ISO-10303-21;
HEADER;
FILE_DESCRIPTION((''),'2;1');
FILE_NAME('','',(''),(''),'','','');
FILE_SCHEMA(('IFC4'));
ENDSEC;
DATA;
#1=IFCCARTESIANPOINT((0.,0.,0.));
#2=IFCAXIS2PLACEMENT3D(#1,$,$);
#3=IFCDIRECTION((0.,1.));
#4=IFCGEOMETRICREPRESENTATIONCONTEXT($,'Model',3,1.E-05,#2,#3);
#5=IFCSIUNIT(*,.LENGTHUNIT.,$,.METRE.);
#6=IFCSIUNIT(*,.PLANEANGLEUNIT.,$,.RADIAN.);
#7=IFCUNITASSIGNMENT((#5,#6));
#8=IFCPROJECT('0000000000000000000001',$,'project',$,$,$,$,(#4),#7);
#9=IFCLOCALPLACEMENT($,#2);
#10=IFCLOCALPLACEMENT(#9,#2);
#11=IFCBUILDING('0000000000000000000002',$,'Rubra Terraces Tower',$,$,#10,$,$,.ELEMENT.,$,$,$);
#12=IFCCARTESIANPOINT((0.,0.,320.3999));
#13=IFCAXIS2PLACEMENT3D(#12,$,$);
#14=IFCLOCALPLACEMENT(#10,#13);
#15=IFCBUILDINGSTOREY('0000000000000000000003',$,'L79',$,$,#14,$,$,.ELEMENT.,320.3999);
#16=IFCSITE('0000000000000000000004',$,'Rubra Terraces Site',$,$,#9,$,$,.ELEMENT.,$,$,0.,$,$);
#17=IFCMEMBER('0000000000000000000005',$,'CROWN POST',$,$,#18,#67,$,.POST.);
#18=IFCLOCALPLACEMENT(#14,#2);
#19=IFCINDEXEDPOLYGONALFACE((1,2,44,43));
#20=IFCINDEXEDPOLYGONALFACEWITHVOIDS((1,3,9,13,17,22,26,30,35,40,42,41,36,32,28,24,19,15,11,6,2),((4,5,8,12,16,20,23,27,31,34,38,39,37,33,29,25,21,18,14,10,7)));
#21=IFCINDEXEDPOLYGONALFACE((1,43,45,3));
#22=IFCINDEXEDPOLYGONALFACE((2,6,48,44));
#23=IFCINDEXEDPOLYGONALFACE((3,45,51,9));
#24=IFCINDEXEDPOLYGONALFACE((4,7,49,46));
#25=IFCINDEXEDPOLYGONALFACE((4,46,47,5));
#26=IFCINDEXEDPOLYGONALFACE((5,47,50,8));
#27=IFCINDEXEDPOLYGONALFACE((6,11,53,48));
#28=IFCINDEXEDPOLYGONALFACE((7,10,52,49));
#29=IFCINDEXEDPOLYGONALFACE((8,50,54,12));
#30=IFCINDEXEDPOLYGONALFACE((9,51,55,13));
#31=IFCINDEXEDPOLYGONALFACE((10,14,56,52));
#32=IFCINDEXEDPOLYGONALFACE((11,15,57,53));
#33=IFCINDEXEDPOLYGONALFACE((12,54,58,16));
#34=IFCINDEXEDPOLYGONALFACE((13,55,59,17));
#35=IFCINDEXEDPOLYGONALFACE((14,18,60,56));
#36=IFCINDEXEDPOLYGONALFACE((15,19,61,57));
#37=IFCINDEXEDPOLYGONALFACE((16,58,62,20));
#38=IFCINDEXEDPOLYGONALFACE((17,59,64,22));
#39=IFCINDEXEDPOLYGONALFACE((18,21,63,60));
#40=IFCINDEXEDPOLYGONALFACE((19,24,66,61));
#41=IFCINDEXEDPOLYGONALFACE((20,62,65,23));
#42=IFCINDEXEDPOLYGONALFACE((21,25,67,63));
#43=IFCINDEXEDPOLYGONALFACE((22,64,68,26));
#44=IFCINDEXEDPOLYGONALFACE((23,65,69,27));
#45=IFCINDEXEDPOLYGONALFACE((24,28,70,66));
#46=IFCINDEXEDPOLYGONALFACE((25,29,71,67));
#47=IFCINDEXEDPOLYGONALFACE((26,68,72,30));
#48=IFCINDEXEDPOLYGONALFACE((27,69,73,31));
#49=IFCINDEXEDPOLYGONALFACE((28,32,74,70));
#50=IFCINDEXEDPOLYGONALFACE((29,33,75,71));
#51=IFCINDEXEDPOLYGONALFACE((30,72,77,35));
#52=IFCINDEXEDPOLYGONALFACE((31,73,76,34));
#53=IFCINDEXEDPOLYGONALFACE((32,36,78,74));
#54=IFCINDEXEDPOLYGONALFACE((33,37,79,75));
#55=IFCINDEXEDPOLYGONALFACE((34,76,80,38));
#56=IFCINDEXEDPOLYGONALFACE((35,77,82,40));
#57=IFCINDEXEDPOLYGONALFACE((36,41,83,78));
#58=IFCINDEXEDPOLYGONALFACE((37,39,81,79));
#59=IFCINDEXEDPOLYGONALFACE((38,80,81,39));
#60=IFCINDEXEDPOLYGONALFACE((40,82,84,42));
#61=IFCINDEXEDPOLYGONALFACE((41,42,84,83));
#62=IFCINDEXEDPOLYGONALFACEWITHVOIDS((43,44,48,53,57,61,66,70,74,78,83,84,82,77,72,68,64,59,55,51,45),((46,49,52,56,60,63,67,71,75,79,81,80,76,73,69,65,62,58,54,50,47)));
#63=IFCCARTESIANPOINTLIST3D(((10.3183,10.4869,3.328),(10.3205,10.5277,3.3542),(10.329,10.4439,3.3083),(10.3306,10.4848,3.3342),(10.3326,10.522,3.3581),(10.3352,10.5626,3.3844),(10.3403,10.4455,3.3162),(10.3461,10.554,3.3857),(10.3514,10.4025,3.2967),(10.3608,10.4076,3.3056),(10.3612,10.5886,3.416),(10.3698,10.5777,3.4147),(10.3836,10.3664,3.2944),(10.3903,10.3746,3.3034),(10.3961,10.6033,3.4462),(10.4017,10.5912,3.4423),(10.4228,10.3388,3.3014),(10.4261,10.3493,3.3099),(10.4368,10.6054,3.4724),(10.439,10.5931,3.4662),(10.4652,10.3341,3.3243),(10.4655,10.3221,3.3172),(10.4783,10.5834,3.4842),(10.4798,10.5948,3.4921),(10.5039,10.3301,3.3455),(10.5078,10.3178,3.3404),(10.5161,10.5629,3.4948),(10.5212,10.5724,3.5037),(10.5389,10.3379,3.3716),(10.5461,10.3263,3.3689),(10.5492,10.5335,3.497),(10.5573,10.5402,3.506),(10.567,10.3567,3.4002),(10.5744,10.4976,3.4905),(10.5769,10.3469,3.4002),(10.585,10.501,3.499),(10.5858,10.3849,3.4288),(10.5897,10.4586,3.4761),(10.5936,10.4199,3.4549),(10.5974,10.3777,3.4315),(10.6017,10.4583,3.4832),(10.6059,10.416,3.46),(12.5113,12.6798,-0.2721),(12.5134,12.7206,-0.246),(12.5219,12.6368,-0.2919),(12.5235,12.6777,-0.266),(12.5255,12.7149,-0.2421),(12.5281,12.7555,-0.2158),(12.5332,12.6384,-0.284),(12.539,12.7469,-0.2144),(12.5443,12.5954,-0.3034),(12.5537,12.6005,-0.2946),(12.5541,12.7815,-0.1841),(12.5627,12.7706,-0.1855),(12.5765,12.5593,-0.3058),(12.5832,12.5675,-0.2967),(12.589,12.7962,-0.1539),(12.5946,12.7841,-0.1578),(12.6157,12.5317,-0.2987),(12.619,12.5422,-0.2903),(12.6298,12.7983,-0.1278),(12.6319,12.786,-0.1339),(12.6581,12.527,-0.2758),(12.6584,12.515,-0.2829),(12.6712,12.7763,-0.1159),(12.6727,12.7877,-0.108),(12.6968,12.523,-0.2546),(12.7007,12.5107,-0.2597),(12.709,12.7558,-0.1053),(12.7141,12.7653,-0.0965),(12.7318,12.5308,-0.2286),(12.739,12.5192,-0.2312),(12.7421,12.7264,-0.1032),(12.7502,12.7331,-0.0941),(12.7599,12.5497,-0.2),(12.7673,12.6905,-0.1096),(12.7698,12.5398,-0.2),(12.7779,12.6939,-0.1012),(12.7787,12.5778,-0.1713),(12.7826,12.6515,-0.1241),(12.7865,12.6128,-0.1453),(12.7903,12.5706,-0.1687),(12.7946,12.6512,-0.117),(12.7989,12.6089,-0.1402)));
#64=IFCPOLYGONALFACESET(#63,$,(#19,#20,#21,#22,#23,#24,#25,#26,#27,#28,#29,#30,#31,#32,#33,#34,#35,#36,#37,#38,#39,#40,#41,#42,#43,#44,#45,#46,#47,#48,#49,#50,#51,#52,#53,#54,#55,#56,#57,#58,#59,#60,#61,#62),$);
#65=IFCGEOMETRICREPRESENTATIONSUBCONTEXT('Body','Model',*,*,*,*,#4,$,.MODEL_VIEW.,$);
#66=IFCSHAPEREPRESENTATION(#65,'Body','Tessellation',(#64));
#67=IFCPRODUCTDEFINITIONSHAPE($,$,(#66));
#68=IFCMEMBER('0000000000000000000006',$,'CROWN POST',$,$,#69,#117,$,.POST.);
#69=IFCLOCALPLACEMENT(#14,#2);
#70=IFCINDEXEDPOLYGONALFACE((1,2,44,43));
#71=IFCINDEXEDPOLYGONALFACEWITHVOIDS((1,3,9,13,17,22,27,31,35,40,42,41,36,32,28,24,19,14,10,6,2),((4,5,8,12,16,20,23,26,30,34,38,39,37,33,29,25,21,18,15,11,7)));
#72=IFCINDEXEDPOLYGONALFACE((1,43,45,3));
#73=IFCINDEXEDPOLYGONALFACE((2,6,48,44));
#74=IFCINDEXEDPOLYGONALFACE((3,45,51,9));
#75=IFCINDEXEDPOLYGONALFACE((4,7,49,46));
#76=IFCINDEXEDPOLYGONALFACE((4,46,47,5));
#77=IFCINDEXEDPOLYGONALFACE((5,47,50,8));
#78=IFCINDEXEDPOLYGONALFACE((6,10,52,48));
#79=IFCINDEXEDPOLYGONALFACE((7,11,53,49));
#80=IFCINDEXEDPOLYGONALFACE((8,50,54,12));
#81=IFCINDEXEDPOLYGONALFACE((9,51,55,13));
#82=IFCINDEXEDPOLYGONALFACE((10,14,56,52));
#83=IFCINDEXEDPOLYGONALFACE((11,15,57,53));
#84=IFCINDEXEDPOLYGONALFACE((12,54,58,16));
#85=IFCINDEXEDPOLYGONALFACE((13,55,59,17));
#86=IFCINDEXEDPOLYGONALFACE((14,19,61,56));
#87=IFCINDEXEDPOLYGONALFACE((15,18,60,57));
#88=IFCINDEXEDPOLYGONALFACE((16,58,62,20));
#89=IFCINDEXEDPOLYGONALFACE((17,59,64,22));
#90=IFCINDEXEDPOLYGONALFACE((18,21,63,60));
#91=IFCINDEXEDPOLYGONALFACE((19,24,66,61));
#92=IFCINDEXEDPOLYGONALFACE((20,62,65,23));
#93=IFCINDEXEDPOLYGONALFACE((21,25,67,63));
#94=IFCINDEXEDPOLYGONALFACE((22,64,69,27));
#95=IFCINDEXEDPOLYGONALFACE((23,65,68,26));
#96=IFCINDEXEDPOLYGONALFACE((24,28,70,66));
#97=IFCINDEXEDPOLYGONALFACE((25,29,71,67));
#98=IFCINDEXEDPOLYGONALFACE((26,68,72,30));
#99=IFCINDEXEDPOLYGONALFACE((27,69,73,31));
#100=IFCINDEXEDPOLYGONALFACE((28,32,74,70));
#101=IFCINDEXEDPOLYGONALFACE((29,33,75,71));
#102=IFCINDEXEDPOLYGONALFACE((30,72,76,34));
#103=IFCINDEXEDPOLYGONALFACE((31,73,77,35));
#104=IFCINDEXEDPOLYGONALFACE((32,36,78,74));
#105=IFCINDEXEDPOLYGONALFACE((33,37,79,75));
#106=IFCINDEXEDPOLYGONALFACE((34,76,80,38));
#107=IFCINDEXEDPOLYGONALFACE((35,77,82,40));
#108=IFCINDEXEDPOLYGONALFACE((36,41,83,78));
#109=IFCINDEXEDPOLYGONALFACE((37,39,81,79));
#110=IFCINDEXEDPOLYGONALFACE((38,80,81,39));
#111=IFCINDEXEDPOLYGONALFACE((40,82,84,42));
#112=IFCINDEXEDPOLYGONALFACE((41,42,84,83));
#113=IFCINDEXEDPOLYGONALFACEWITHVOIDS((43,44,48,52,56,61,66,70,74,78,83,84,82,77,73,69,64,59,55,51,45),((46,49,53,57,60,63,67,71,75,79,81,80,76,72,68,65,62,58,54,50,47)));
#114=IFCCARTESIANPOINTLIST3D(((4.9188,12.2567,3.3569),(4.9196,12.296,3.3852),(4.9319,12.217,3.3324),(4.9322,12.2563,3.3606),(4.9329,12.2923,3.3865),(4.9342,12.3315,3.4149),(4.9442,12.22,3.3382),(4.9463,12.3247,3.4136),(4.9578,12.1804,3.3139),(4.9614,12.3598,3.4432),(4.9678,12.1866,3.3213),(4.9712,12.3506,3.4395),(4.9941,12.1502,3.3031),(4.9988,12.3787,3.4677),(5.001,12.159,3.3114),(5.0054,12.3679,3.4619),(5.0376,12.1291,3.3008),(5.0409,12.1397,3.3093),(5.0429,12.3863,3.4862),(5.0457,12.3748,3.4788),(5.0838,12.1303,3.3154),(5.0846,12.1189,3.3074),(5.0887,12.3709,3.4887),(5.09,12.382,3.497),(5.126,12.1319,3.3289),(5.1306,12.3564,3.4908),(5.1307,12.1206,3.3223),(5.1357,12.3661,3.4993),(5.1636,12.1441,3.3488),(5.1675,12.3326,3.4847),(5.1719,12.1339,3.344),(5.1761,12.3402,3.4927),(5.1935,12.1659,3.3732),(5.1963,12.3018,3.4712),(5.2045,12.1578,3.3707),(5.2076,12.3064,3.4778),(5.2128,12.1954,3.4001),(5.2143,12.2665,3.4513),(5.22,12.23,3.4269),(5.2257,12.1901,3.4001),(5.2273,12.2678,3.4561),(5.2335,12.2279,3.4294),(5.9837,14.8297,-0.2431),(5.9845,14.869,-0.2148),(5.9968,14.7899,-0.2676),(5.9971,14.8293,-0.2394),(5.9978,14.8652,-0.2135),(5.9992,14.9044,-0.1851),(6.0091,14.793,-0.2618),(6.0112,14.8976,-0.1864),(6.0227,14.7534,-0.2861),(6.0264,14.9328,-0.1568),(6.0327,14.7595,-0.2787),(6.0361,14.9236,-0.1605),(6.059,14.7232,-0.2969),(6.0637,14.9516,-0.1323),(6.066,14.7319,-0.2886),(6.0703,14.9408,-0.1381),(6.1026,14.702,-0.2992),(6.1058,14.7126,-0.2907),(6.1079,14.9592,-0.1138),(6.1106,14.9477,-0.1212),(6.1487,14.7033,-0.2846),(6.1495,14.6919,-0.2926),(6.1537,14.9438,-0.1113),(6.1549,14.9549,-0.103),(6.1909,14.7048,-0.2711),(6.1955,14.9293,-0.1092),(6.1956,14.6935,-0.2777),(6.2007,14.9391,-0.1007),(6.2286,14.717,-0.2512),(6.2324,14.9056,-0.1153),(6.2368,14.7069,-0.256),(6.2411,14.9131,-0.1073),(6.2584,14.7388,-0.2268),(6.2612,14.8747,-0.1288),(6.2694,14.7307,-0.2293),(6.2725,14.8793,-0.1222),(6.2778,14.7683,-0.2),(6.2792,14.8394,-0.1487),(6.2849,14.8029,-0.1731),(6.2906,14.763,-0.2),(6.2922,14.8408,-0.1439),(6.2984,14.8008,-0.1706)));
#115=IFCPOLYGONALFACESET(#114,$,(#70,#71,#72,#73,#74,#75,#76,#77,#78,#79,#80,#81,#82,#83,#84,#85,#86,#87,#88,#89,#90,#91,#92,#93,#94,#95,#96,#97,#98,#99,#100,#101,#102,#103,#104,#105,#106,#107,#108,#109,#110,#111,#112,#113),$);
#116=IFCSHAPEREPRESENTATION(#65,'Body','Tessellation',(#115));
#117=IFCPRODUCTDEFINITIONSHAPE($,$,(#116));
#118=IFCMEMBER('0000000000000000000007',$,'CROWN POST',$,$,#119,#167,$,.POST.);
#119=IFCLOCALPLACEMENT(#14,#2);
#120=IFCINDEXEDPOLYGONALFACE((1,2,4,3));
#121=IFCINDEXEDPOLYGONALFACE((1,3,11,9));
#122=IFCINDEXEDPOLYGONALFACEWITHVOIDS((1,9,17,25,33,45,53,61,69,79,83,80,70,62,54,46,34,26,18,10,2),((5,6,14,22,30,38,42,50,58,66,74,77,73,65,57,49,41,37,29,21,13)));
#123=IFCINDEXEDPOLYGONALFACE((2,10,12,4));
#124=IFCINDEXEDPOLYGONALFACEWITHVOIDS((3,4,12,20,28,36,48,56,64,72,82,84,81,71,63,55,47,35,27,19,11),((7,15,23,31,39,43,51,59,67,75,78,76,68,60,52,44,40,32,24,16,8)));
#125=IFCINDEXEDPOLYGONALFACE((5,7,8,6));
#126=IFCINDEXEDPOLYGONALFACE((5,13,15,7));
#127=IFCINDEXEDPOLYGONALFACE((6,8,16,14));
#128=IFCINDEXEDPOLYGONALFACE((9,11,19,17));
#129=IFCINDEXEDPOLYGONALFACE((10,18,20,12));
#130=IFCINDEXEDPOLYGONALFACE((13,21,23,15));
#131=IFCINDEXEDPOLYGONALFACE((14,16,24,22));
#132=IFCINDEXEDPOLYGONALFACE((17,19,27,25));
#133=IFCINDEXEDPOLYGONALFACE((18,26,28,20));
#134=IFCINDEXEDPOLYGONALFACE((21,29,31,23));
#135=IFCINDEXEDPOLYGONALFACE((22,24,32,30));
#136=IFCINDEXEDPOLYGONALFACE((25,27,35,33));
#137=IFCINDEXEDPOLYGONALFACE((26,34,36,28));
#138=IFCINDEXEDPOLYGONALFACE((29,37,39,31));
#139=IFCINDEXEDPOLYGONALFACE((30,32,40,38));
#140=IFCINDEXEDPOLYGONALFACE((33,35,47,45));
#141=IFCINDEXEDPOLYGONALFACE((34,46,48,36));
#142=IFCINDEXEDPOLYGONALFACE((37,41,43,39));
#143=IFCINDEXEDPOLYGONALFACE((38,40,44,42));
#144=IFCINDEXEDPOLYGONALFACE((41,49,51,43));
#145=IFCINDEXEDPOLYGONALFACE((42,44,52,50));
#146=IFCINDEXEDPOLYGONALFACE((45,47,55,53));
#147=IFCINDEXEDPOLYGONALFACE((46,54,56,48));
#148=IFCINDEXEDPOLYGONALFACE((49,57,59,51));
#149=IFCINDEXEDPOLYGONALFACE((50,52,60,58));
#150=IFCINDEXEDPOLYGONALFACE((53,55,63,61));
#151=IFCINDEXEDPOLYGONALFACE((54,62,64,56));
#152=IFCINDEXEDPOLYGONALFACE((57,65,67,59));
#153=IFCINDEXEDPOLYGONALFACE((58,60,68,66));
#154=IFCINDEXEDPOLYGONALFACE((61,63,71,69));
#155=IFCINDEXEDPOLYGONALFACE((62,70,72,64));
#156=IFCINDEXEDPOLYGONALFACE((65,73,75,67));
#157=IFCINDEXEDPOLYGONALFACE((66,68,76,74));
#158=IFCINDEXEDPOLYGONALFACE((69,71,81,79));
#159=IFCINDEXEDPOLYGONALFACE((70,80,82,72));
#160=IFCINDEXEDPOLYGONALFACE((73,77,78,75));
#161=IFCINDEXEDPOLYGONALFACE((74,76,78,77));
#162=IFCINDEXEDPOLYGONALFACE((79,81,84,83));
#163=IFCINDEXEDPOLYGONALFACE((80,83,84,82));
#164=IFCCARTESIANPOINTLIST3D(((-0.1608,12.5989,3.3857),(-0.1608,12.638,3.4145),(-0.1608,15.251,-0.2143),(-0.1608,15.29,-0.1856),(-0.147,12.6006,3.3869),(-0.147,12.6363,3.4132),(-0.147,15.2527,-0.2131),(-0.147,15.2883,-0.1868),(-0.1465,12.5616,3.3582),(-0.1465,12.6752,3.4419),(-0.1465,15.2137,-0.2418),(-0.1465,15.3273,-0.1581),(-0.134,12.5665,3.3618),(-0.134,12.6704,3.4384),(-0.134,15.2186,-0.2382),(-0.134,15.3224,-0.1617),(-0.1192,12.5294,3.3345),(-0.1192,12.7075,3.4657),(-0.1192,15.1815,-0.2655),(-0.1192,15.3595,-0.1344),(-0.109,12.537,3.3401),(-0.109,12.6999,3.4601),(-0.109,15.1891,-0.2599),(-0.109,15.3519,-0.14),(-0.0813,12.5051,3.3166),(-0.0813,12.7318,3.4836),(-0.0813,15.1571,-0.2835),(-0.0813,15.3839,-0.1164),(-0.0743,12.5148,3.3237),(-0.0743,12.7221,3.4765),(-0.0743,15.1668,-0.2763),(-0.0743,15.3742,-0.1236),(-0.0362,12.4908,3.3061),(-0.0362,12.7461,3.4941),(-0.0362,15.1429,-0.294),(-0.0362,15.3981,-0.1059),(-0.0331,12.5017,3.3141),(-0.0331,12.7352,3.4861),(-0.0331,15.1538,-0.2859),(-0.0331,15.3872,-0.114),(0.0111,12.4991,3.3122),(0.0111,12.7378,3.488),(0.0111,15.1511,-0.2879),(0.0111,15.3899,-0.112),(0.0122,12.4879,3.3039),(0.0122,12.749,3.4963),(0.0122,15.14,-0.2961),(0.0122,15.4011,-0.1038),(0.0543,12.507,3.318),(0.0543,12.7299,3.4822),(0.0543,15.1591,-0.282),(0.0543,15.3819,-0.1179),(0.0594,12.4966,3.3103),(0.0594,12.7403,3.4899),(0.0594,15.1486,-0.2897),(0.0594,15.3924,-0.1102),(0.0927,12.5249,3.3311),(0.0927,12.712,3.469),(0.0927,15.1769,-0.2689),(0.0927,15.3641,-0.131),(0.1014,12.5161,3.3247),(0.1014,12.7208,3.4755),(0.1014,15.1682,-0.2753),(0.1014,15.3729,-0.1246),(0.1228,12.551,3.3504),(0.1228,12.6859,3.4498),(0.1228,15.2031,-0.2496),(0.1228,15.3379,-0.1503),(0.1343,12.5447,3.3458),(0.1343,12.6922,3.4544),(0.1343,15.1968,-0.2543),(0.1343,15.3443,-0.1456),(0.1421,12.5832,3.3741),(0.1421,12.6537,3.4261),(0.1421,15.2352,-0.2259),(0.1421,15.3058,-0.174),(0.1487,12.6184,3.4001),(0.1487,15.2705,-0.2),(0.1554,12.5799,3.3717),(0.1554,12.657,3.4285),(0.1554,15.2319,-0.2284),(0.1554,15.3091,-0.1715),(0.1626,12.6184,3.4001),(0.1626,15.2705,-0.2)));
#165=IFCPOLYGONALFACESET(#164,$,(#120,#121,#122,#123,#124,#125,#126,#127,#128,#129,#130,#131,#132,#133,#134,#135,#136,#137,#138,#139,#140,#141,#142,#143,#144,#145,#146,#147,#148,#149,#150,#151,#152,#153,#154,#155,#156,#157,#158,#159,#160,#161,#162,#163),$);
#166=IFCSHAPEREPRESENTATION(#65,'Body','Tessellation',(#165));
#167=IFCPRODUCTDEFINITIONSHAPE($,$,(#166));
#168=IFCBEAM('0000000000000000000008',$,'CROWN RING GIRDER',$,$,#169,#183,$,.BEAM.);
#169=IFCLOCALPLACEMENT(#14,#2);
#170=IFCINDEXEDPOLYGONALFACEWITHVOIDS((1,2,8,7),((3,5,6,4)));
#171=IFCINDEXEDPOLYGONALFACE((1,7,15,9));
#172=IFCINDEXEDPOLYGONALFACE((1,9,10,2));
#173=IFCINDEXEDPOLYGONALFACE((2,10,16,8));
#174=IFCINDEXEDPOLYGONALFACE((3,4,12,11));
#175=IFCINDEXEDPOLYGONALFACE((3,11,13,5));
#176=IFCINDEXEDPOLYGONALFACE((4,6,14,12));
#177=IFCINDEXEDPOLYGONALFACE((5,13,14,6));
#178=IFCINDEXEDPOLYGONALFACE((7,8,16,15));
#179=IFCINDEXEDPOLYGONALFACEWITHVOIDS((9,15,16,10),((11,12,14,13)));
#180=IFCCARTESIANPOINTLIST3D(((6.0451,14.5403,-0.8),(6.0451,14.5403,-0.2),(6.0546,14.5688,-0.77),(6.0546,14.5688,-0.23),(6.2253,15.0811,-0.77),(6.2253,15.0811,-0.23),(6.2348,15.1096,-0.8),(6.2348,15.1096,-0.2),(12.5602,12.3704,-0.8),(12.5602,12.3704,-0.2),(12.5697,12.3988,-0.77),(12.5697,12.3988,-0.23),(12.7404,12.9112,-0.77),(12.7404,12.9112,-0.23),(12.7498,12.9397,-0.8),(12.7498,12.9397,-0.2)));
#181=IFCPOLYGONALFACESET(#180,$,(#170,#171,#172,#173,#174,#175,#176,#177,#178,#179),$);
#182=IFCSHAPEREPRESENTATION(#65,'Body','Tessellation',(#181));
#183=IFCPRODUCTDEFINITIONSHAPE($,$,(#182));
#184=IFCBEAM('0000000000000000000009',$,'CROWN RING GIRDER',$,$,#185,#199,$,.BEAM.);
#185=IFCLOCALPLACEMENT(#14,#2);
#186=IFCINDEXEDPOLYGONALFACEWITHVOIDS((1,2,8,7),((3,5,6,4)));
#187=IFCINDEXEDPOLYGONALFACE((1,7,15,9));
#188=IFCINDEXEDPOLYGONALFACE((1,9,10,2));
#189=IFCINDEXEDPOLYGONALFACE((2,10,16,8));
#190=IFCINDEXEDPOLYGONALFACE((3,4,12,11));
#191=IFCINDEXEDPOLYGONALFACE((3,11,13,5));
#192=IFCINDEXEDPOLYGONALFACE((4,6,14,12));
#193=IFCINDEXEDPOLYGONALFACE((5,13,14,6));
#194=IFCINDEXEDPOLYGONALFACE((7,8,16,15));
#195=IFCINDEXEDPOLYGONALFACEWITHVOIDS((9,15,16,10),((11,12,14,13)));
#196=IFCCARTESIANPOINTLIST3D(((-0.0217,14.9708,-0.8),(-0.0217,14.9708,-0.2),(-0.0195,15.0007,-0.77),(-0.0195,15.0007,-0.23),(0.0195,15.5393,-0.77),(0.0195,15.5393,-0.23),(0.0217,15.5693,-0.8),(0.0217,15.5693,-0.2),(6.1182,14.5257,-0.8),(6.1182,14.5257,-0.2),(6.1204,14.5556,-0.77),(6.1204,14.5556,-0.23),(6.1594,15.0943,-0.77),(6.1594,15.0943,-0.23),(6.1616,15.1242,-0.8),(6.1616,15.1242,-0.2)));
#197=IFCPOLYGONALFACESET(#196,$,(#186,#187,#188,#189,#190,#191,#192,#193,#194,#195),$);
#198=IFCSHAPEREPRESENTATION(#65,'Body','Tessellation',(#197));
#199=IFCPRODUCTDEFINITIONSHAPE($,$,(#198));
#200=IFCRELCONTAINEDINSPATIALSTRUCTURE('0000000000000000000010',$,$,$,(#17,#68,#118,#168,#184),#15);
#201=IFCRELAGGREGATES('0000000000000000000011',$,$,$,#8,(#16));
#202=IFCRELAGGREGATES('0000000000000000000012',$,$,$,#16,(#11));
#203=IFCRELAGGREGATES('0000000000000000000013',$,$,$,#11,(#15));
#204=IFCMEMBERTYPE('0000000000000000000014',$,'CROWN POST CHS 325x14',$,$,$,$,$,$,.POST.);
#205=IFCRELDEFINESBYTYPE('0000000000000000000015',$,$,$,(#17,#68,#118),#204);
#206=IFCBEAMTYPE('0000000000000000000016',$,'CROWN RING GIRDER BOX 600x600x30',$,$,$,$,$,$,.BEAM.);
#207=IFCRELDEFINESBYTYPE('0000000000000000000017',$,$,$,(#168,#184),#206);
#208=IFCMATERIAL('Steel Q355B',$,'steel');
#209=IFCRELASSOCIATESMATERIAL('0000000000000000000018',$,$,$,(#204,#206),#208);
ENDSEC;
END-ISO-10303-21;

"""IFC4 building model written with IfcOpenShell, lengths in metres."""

from ifc_helpers import new_model, si_unit, direction, frame, origin, origin_2d, place, context, subcontext, project, spatial, hollow_rectangle, hollow_circle, extrude, material, material_profile, profile_set, type_object, element, save


model = new_model("IFC4")

# Units and contexts
model_context = context("Model", 3, precision=1e-05, world=origin(), true_north=direction((0.0, 1.0)))
body_context = subcontext(model_context, "Body", "Model", "MODEL_VIEW")
ifc_project = project(units=[si_unit("LENGTHUNIT", "METRE"), si_unit("PLANEANGLEUNIT", "RADIAN")], contexts=[model_context])

# Site, building, storey
site_placement = place(None, origin())
site = spatial("IfcSite", under=ifc_project, at=site_placement, Name="Rubra Terraces Site", CompositionType="ELEMENT", RefElevation=0.0)
building_placement = place(site_placement, origin())
building = spatial("IfcBuilding", under=site, at=building_placement, Name="Rubra Terraces Tower", CompositionType="ELEMENT")
storey_placement = place(building_placement, frame((0.0, 0.0, 320.3999)))
storey = spatial("IfcBuildingStorey", under=building, at=storey_placement, Name="L79", CompositionType="ELEMENT", Elevation=320.3999)

# Members
ifc_material_1 = material(Name="Steel Q355B", Category="steel")
ifc_material_profile_1 = material_profile(ifc_material_1, hollow_circle(Radius=0.1626, WallThickness=0.0139, at=origin_2d()), Name="CHS 325x14")
ifc_profile_set_1 = profile_set([ifc_material_profile_1], Name="Steel Q355B")
member_type_1 = type_object("IfcMemberType", Name="CROWN POST CHS 325x14", PredefinedType="POST", material=ifc_profile_set_1)
member_1_placement = place(storey_placement, frame((12.6548, 12.6548, -0.2), z_axis=(-0.461498, -0.461498, 0.757654), x_axis=(0.707107, -0.707107, 0.0)))
element("IfcMember", 1, at=member_1_placement, inside=storey, type_object=member_type_1, Name="CROWN POST", PredefinedType="POST", context=body_context, shape_type="SweptSolid", body=[
    extrude(hollow_circle(Radius=0.1626, WallThickness=0.0139, at=origin_2d()), origin(), (0.0, 0.0, 1.0), 4.7517),
])
member_2_placement = place(storey_placement, frame((6.1404, 14.8252, -0.2), z_axis=(-0.233982, -0.565322, 0.790989), x_axis=(0.923985, -0.382429, 0.0)))
element("IfcMember", 2, at=member_2_placement, inside=storey, type_object=member_type_1, Name="CROWN POST", PredefinedType="POST", context=body_context, shape_type="SweptSolid", body=[
    extrude(hollow_circle(Radius=0.1626, WallThickness=0.0139, at=origin_2d()), origin(), (0.0, 0.0, 1.0), 4.5513),
])
member_3_placement = place(storey_placement, frame((0.0, 15.2705, -0.2), z_axis=(0.0, -0.593111, 0.80512), x_axis=(1.0, 0.0, 0.0)))
element("IfcMember", 3, at=member_3_placement, inside=storey, type_object=member_type_1, Name="CROWN POST", PredefinedType="POST", context=body_context, shape_type="SweptSolid", body=[
    extrude(hollow_circle(Radius=0.1626, WallThickness=0.0139, at=origin_2d()), origin(), (0.0, 0.0, 1.0), 4.4714),
])

# Beams
ifc_material_profile_2 = material_profile(ifc_material_1, hollow_rectangle(XDim=0.6001, YDim=0.6001, WallThickness=0.03, at=origin_2d()), Name="BOX 600x600x30")
ifc_profile_set_2 = profile_set([ifc_material_profile_2], Name="Steel Q355B")
beam_type_1 = type_object("IfcBeamType", Name="CROWN RING GIRDER BOX 600x600x30", PredefinedType="BEAM", material=ifc_profile_set_2)
beam_1_placement = place(storey_placement, frame((12.655, 12.655, -0.5), z_axis=(-0.948761, 0.315993, 0.0), x_axis=(-0.315993, -0.948761, 0.0)))
element("IfcBeam", 4, at=beam_1_placement, inside=storey, type_object=beam_type_1, Name="CROWN RING GIRDER", PredefinedType="BEAM", context=body_context, shape_type="SweptSolid", body=[
    extrude(hollow_rectangle(XDim=0.6001, YDim=0.6001, WallThickness=0.03, at=origin_2d()), origin(), (0.0, 0.0, 1.0), 6.8669),
])
for number, where, z_axis, x_axis, name in (
    (5, (6.1399, 14.825, -0.5), (-0.997383, 0.072298, 0.0), (-0.072298, -0.997383, 0.0), "CROWN RING GIRDER"),
):
    element("IfcBeam", number, at=place(storey_placement, frame(where, z_axis=z_axis, x_axis=x_axis)), inside=storey, type_object=beam_type_1, Name=name, PredefinedType="BEAM", context=body_context, shape_type="SweptSolid", body=[
        extrude(hollow_rectangle(XDim=0.6001, YDim=0.6001, WallThickness=0.03, at=origin_2d()), origin(), (0.0, 0.0, 1.0), 6.156),
    ])

save(model, "model.ifc")
